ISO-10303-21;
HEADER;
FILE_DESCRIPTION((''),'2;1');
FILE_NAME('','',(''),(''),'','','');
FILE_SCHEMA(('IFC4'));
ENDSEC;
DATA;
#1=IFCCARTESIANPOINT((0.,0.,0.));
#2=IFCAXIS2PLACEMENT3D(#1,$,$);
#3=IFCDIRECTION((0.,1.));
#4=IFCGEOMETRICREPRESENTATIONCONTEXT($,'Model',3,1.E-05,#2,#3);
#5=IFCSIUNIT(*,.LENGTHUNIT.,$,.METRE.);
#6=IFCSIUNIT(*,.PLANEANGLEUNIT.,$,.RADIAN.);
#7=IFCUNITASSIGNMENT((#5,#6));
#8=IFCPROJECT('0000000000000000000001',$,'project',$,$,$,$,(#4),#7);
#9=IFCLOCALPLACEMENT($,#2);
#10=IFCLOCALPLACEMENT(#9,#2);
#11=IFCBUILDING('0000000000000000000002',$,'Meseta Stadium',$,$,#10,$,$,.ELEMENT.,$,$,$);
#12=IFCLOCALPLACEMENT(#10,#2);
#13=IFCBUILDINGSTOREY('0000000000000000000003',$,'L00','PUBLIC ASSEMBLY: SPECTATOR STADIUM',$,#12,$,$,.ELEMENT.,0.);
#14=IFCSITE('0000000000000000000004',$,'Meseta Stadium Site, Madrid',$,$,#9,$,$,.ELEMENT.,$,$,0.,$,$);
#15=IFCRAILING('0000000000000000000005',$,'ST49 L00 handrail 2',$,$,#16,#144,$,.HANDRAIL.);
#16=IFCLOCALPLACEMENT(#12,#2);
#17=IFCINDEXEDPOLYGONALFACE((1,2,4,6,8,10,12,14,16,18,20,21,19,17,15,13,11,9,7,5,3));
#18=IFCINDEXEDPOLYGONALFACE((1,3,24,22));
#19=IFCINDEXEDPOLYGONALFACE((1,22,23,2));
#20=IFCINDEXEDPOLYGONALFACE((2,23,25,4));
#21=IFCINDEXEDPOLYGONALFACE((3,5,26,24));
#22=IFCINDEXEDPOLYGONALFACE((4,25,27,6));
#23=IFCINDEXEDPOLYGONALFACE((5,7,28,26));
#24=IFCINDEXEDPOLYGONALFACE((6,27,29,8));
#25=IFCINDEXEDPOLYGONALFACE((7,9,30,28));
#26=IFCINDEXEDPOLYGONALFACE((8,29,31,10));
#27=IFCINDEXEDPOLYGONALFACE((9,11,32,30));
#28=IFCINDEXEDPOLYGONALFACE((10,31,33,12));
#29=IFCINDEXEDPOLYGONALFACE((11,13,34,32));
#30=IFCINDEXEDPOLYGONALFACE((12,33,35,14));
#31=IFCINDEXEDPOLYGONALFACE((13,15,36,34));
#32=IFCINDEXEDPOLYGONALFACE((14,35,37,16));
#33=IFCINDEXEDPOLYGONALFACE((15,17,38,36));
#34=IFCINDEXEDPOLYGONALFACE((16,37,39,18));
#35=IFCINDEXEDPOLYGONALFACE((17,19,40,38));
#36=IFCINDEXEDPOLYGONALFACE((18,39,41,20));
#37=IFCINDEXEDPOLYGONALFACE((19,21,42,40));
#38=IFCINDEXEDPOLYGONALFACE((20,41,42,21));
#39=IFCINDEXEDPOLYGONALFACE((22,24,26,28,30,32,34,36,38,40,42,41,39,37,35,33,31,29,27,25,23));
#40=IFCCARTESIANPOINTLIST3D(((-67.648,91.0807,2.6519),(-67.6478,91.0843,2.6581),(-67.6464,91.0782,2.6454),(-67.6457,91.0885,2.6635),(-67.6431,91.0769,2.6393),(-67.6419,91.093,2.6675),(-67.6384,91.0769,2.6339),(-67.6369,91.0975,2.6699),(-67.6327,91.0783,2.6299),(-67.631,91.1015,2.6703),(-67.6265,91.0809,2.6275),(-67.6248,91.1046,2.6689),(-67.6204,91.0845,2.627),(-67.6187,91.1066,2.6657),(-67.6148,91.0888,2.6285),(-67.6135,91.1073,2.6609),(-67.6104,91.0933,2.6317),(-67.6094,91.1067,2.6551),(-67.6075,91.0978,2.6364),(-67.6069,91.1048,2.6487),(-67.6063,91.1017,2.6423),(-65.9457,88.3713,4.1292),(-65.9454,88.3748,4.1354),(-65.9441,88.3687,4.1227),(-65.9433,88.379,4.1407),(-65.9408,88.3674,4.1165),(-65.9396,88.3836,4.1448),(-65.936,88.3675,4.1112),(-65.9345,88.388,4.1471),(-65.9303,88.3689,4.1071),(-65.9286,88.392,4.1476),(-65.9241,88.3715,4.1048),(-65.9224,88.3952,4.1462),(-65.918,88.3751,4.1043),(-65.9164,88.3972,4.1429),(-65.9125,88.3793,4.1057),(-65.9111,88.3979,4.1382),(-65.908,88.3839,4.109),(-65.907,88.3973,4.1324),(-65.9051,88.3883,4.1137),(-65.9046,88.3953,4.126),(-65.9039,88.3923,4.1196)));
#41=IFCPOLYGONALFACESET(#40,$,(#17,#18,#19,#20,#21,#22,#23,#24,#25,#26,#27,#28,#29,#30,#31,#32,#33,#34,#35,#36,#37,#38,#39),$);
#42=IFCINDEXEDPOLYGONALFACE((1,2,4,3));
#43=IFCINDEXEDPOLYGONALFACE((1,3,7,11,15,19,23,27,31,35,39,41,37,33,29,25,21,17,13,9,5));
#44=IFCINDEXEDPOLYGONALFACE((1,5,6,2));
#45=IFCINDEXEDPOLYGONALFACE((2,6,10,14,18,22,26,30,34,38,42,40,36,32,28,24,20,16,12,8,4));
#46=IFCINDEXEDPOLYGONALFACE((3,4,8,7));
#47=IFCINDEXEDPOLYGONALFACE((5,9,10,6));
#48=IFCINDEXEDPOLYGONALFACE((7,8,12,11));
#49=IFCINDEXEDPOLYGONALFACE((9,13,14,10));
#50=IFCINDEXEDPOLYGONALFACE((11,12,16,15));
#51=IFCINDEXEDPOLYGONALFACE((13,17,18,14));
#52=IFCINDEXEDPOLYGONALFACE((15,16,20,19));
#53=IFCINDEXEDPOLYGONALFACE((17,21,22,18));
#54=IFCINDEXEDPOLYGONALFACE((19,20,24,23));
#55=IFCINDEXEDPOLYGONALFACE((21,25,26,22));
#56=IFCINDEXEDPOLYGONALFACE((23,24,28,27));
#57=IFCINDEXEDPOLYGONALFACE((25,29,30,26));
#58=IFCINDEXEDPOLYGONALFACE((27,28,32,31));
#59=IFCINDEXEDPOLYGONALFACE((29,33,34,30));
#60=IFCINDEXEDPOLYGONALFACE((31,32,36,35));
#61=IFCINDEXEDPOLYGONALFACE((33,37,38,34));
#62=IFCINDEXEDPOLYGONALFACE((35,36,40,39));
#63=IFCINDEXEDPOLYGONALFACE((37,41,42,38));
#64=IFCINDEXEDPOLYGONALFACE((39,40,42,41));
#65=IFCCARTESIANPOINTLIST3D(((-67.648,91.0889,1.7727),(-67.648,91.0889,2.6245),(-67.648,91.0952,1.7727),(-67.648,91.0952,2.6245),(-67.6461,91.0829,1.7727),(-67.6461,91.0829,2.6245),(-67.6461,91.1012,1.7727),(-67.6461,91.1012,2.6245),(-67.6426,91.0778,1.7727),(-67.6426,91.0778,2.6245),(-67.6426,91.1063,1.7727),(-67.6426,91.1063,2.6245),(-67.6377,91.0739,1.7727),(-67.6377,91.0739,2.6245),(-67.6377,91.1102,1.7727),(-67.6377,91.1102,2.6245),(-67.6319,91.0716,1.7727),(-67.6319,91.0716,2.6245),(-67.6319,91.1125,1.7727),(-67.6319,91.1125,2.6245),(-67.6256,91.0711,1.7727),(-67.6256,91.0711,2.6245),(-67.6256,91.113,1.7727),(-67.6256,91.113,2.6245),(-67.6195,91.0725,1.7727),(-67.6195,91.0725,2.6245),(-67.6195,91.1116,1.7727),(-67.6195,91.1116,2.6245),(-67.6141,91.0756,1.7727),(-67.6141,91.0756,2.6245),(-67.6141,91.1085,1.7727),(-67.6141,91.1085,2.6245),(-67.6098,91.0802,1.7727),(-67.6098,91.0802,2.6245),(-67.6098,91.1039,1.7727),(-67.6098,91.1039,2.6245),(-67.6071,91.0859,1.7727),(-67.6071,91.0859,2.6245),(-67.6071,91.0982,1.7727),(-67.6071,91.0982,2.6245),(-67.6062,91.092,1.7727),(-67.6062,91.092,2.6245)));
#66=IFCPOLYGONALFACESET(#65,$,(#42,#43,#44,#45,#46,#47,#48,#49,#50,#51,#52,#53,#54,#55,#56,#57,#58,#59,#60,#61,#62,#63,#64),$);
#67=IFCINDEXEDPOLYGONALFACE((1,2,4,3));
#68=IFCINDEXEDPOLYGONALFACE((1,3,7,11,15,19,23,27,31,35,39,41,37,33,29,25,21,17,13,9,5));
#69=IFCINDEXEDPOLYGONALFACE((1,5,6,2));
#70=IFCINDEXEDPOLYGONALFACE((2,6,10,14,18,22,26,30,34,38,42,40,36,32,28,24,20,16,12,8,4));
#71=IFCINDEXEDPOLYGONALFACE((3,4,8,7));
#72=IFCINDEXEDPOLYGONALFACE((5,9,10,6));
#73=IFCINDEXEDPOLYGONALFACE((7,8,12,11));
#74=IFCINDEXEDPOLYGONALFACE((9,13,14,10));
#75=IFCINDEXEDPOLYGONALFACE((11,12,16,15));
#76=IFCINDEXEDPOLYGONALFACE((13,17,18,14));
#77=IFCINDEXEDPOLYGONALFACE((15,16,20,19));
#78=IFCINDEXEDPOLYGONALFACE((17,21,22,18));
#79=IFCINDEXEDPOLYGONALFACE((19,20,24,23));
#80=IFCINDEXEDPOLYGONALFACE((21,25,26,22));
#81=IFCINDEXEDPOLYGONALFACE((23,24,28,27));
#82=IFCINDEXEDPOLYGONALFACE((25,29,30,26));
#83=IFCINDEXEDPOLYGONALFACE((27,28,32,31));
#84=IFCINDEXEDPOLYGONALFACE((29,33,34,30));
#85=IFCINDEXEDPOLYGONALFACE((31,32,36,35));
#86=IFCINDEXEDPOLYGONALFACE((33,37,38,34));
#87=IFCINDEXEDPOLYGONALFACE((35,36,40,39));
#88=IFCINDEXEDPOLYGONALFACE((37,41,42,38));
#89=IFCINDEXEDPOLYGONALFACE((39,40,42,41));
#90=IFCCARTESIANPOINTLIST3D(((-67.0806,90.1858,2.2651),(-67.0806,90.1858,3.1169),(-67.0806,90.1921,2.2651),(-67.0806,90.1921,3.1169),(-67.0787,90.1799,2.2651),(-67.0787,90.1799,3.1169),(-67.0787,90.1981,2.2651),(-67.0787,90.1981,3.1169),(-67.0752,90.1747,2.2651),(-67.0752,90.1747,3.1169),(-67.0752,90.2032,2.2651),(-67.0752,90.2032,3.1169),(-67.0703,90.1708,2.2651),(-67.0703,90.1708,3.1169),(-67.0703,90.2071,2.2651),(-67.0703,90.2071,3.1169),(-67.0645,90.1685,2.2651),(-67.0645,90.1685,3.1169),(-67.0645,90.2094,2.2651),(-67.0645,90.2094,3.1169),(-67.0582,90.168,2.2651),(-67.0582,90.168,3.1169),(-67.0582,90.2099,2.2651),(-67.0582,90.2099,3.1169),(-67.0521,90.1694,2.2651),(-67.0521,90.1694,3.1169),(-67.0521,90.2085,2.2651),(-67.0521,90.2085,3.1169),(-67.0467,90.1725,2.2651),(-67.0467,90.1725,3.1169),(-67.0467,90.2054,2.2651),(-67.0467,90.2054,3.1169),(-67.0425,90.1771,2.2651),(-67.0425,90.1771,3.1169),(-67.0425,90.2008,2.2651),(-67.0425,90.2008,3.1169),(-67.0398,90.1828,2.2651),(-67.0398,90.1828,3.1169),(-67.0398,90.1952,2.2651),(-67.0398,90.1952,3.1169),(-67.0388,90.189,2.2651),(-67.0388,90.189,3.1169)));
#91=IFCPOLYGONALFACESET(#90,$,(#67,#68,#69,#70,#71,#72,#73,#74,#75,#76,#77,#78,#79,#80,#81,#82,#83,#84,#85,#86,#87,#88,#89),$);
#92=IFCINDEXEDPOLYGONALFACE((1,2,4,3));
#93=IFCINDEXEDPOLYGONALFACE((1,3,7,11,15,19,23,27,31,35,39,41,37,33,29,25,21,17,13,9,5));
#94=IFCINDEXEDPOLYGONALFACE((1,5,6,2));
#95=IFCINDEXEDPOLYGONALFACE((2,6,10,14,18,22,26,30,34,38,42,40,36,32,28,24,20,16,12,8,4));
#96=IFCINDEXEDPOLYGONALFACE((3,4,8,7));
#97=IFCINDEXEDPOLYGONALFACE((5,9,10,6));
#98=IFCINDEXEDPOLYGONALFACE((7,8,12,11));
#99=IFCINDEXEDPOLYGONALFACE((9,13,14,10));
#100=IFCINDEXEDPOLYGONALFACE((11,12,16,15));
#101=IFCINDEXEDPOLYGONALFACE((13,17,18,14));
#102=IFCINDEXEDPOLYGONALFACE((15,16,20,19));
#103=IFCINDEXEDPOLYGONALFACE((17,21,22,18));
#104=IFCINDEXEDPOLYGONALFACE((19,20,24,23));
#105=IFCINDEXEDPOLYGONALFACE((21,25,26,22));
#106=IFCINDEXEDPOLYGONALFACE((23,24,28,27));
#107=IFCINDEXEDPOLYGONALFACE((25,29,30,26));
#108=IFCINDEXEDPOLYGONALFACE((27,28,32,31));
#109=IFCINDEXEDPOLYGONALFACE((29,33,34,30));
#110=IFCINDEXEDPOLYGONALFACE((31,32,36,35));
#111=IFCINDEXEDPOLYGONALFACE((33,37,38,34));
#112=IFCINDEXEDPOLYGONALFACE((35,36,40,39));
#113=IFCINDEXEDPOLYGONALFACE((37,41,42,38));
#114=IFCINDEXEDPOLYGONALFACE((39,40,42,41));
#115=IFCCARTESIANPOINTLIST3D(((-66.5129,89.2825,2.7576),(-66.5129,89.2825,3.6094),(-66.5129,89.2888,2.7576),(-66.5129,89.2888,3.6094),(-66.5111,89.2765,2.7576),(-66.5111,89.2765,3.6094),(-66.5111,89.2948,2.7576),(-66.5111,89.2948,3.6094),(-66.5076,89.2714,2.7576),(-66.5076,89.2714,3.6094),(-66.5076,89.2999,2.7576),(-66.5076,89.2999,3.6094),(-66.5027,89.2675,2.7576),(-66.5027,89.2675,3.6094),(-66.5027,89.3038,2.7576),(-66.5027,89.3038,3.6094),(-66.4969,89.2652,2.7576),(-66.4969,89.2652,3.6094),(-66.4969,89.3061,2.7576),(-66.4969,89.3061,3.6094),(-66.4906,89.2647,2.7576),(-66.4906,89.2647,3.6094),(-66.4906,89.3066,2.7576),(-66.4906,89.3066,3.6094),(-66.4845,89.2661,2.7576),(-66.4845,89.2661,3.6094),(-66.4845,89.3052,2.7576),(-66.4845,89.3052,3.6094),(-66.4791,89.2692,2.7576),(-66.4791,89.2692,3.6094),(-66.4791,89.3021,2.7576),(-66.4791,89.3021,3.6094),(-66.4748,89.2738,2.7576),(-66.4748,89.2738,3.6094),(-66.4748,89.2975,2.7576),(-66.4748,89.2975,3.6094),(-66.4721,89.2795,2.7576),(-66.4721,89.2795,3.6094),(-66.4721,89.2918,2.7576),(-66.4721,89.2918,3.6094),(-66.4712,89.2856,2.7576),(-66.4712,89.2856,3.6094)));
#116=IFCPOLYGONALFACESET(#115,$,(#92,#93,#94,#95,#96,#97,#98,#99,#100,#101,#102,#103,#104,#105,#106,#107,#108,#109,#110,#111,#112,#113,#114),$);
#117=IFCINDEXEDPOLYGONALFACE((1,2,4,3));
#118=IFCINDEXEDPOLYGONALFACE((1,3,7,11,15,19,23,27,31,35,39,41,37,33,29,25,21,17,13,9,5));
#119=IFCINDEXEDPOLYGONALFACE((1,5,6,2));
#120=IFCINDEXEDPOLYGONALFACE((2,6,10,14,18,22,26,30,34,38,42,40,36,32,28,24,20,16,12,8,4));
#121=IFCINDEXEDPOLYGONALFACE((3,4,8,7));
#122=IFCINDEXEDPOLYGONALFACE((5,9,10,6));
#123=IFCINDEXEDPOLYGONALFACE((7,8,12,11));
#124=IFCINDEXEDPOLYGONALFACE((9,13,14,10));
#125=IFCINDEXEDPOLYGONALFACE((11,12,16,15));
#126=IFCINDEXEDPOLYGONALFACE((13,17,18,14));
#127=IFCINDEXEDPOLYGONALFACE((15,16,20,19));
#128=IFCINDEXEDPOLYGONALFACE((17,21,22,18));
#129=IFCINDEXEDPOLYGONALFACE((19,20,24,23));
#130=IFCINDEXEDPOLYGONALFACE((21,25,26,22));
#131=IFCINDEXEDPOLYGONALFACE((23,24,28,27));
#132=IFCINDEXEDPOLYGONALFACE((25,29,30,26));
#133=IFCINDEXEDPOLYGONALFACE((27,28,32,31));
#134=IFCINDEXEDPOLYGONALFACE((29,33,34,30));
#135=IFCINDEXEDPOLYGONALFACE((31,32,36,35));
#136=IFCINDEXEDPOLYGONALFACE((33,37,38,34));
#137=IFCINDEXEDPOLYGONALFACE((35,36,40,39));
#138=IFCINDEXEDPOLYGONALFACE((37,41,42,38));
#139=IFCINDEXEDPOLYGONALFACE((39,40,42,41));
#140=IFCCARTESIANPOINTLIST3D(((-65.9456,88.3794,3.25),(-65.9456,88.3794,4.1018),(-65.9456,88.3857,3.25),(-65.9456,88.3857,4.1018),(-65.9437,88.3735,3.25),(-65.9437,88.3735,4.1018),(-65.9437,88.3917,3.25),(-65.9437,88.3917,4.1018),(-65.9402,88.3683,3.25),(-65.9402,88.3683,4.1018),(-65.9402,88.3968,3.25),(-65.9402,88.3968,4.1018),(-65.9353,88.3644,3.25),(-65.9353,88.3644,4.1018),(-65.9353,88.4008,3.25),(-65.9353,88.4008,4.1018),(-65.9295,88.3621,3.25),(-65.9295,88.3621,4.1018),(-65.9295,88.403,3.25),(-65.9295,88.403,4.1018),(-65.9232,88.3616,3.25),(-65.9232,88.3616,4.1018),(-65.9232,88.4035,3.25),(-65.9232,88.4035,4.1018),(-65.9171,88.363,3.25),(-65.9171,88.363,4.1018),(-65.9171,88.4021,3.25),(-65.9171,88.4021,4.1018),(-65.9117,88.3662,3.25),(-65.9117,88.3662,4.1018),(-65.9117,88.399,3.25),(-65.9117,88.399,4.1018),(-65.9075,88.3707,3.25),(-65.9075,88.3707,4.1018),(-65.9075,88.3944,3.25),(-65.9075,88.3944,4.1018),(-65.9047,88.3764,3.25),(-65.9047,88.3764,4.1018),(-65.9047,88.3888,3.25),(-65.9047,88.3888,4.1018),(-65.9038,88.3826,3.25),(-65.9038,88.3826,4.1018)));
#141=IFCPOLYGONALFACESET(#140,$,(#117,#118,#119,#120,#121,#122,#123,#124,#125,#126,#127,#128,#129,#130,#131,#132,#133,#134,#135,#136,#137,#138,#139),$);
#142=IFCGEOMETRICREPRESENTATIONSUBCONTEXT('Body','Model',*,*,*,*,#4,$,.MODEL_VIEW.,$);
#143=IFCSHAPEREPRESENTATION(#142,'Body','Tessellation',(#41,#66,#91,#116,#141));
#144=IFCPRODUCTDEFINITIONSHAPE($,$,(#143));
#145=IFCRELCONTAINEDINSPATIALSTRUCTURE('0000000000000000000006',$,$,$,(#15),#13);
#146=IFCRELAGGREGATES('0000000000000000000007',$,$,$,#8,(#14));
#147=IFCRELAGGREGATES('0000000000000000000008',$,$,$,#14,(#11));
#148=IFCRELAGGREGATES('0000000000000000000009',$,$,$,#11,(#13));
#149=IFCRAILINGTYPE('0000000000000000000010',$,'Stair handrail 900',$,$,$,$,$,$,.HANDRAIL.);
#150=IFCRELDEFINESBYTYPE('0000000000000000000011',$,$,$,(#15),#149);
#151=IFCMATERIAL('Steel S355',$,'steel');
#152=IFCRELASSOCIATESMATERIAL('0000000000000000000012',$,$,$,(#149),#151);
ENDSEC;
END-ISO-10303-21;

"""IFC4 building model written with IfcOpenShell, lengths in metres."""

from ifc_helpers import new_model, si_unit, direction, frame, origin, origin_2d, place, context, subcontext, project, spatial, circle, extrude, material, type_object, element, save


model = new_model("IFC4")

# Units and contexts
model_context = context("Model", 3, precision=1e-05, world=origin(), true_north=direction((0.0, 1.0)))
body_context = subcontext(model_context, "Body", "Model", "MODEL_VIEW")
ifc_project = project(units=[si_unit("LENGTHUNIT", "METRE"), si_unit("PLANEANGLEUNIT", "RADIAN")], contexts=[model_context])

# Site, building, storey
site_placement = place(None, origin())
site = spatial("IfcSite", under=ifc_project, at=site_placement, Name="Meseta Stadium Site, Madrid", CompositionType="ELEMENT", RefElevation=0.0)
building_placement = place(site_placement, origin())
building = spatial("IfcBuilding", under=site, at=building_placement, Name="Meseta Stadium", CompositionType="ELEMENT")
storey_placement = place(building_placement, origin())
storey = spatial("IfcBuildingStorey", under=building, at=storey_placement, Name="L00", Description="PUBLIC ASSEMBLY: SPECTATOR STADIUM", CompositionType="ELEMENT", Elevation=0.0)

# Railing
ifc_material_1 = material(Name="Steel S355", Category="steel")
railing_type_1 = type_object("IfcRailingType", Name="Stair handrail 900", PredefinedType="HANDRAIL", material=ifc_material_1)
for number, where, name in (
    (1, (-67.6272, 91.092, 1.7727), "ST49 L00 handrail 2"),
):
    element("IfcRailing", number, at=place(storey_placement, frame(where)), inside=storey, type_object=railing_type_1, Name=name, PredefinedType="HANDRAIL", context=body_context, shape_type="SweptSolid", body=[
        extrude(circle(Radius=0.0239, at=origin_2d()), frame((0.0, 0.0, 0.876), z_axis=(0.483023, -0.768764, 0.419156), x_axis=(0.846736, 0.532014, 0.0)), (0.0, 0.0, 1.0), 3.5244),
        extrude(circle(Radius=0.021, at=origin_2d()), origin(), (0.0, 0.0, 1.0), 0.8518),
        extrude(circle(Radius=0.021, at=origin_2d()), frame((0.5674, -0.9031, 0.4924)), (0.0, 0.0, 1.0), 0.8518),
        extrude(circle(Radius=0.021, at=origin_2d()), frame((1.135, -1.8064, 0.9849)), (0.0, 0.0, 1.0), 0.8518),
        extrude(circle(Radius=0.021, at=origin_2d()), frame((1.7024, -2.7095, 1.4773)), (0.0, 0.0, 1.0), 0.8518),
    ])

save(model, "model.ifc")
